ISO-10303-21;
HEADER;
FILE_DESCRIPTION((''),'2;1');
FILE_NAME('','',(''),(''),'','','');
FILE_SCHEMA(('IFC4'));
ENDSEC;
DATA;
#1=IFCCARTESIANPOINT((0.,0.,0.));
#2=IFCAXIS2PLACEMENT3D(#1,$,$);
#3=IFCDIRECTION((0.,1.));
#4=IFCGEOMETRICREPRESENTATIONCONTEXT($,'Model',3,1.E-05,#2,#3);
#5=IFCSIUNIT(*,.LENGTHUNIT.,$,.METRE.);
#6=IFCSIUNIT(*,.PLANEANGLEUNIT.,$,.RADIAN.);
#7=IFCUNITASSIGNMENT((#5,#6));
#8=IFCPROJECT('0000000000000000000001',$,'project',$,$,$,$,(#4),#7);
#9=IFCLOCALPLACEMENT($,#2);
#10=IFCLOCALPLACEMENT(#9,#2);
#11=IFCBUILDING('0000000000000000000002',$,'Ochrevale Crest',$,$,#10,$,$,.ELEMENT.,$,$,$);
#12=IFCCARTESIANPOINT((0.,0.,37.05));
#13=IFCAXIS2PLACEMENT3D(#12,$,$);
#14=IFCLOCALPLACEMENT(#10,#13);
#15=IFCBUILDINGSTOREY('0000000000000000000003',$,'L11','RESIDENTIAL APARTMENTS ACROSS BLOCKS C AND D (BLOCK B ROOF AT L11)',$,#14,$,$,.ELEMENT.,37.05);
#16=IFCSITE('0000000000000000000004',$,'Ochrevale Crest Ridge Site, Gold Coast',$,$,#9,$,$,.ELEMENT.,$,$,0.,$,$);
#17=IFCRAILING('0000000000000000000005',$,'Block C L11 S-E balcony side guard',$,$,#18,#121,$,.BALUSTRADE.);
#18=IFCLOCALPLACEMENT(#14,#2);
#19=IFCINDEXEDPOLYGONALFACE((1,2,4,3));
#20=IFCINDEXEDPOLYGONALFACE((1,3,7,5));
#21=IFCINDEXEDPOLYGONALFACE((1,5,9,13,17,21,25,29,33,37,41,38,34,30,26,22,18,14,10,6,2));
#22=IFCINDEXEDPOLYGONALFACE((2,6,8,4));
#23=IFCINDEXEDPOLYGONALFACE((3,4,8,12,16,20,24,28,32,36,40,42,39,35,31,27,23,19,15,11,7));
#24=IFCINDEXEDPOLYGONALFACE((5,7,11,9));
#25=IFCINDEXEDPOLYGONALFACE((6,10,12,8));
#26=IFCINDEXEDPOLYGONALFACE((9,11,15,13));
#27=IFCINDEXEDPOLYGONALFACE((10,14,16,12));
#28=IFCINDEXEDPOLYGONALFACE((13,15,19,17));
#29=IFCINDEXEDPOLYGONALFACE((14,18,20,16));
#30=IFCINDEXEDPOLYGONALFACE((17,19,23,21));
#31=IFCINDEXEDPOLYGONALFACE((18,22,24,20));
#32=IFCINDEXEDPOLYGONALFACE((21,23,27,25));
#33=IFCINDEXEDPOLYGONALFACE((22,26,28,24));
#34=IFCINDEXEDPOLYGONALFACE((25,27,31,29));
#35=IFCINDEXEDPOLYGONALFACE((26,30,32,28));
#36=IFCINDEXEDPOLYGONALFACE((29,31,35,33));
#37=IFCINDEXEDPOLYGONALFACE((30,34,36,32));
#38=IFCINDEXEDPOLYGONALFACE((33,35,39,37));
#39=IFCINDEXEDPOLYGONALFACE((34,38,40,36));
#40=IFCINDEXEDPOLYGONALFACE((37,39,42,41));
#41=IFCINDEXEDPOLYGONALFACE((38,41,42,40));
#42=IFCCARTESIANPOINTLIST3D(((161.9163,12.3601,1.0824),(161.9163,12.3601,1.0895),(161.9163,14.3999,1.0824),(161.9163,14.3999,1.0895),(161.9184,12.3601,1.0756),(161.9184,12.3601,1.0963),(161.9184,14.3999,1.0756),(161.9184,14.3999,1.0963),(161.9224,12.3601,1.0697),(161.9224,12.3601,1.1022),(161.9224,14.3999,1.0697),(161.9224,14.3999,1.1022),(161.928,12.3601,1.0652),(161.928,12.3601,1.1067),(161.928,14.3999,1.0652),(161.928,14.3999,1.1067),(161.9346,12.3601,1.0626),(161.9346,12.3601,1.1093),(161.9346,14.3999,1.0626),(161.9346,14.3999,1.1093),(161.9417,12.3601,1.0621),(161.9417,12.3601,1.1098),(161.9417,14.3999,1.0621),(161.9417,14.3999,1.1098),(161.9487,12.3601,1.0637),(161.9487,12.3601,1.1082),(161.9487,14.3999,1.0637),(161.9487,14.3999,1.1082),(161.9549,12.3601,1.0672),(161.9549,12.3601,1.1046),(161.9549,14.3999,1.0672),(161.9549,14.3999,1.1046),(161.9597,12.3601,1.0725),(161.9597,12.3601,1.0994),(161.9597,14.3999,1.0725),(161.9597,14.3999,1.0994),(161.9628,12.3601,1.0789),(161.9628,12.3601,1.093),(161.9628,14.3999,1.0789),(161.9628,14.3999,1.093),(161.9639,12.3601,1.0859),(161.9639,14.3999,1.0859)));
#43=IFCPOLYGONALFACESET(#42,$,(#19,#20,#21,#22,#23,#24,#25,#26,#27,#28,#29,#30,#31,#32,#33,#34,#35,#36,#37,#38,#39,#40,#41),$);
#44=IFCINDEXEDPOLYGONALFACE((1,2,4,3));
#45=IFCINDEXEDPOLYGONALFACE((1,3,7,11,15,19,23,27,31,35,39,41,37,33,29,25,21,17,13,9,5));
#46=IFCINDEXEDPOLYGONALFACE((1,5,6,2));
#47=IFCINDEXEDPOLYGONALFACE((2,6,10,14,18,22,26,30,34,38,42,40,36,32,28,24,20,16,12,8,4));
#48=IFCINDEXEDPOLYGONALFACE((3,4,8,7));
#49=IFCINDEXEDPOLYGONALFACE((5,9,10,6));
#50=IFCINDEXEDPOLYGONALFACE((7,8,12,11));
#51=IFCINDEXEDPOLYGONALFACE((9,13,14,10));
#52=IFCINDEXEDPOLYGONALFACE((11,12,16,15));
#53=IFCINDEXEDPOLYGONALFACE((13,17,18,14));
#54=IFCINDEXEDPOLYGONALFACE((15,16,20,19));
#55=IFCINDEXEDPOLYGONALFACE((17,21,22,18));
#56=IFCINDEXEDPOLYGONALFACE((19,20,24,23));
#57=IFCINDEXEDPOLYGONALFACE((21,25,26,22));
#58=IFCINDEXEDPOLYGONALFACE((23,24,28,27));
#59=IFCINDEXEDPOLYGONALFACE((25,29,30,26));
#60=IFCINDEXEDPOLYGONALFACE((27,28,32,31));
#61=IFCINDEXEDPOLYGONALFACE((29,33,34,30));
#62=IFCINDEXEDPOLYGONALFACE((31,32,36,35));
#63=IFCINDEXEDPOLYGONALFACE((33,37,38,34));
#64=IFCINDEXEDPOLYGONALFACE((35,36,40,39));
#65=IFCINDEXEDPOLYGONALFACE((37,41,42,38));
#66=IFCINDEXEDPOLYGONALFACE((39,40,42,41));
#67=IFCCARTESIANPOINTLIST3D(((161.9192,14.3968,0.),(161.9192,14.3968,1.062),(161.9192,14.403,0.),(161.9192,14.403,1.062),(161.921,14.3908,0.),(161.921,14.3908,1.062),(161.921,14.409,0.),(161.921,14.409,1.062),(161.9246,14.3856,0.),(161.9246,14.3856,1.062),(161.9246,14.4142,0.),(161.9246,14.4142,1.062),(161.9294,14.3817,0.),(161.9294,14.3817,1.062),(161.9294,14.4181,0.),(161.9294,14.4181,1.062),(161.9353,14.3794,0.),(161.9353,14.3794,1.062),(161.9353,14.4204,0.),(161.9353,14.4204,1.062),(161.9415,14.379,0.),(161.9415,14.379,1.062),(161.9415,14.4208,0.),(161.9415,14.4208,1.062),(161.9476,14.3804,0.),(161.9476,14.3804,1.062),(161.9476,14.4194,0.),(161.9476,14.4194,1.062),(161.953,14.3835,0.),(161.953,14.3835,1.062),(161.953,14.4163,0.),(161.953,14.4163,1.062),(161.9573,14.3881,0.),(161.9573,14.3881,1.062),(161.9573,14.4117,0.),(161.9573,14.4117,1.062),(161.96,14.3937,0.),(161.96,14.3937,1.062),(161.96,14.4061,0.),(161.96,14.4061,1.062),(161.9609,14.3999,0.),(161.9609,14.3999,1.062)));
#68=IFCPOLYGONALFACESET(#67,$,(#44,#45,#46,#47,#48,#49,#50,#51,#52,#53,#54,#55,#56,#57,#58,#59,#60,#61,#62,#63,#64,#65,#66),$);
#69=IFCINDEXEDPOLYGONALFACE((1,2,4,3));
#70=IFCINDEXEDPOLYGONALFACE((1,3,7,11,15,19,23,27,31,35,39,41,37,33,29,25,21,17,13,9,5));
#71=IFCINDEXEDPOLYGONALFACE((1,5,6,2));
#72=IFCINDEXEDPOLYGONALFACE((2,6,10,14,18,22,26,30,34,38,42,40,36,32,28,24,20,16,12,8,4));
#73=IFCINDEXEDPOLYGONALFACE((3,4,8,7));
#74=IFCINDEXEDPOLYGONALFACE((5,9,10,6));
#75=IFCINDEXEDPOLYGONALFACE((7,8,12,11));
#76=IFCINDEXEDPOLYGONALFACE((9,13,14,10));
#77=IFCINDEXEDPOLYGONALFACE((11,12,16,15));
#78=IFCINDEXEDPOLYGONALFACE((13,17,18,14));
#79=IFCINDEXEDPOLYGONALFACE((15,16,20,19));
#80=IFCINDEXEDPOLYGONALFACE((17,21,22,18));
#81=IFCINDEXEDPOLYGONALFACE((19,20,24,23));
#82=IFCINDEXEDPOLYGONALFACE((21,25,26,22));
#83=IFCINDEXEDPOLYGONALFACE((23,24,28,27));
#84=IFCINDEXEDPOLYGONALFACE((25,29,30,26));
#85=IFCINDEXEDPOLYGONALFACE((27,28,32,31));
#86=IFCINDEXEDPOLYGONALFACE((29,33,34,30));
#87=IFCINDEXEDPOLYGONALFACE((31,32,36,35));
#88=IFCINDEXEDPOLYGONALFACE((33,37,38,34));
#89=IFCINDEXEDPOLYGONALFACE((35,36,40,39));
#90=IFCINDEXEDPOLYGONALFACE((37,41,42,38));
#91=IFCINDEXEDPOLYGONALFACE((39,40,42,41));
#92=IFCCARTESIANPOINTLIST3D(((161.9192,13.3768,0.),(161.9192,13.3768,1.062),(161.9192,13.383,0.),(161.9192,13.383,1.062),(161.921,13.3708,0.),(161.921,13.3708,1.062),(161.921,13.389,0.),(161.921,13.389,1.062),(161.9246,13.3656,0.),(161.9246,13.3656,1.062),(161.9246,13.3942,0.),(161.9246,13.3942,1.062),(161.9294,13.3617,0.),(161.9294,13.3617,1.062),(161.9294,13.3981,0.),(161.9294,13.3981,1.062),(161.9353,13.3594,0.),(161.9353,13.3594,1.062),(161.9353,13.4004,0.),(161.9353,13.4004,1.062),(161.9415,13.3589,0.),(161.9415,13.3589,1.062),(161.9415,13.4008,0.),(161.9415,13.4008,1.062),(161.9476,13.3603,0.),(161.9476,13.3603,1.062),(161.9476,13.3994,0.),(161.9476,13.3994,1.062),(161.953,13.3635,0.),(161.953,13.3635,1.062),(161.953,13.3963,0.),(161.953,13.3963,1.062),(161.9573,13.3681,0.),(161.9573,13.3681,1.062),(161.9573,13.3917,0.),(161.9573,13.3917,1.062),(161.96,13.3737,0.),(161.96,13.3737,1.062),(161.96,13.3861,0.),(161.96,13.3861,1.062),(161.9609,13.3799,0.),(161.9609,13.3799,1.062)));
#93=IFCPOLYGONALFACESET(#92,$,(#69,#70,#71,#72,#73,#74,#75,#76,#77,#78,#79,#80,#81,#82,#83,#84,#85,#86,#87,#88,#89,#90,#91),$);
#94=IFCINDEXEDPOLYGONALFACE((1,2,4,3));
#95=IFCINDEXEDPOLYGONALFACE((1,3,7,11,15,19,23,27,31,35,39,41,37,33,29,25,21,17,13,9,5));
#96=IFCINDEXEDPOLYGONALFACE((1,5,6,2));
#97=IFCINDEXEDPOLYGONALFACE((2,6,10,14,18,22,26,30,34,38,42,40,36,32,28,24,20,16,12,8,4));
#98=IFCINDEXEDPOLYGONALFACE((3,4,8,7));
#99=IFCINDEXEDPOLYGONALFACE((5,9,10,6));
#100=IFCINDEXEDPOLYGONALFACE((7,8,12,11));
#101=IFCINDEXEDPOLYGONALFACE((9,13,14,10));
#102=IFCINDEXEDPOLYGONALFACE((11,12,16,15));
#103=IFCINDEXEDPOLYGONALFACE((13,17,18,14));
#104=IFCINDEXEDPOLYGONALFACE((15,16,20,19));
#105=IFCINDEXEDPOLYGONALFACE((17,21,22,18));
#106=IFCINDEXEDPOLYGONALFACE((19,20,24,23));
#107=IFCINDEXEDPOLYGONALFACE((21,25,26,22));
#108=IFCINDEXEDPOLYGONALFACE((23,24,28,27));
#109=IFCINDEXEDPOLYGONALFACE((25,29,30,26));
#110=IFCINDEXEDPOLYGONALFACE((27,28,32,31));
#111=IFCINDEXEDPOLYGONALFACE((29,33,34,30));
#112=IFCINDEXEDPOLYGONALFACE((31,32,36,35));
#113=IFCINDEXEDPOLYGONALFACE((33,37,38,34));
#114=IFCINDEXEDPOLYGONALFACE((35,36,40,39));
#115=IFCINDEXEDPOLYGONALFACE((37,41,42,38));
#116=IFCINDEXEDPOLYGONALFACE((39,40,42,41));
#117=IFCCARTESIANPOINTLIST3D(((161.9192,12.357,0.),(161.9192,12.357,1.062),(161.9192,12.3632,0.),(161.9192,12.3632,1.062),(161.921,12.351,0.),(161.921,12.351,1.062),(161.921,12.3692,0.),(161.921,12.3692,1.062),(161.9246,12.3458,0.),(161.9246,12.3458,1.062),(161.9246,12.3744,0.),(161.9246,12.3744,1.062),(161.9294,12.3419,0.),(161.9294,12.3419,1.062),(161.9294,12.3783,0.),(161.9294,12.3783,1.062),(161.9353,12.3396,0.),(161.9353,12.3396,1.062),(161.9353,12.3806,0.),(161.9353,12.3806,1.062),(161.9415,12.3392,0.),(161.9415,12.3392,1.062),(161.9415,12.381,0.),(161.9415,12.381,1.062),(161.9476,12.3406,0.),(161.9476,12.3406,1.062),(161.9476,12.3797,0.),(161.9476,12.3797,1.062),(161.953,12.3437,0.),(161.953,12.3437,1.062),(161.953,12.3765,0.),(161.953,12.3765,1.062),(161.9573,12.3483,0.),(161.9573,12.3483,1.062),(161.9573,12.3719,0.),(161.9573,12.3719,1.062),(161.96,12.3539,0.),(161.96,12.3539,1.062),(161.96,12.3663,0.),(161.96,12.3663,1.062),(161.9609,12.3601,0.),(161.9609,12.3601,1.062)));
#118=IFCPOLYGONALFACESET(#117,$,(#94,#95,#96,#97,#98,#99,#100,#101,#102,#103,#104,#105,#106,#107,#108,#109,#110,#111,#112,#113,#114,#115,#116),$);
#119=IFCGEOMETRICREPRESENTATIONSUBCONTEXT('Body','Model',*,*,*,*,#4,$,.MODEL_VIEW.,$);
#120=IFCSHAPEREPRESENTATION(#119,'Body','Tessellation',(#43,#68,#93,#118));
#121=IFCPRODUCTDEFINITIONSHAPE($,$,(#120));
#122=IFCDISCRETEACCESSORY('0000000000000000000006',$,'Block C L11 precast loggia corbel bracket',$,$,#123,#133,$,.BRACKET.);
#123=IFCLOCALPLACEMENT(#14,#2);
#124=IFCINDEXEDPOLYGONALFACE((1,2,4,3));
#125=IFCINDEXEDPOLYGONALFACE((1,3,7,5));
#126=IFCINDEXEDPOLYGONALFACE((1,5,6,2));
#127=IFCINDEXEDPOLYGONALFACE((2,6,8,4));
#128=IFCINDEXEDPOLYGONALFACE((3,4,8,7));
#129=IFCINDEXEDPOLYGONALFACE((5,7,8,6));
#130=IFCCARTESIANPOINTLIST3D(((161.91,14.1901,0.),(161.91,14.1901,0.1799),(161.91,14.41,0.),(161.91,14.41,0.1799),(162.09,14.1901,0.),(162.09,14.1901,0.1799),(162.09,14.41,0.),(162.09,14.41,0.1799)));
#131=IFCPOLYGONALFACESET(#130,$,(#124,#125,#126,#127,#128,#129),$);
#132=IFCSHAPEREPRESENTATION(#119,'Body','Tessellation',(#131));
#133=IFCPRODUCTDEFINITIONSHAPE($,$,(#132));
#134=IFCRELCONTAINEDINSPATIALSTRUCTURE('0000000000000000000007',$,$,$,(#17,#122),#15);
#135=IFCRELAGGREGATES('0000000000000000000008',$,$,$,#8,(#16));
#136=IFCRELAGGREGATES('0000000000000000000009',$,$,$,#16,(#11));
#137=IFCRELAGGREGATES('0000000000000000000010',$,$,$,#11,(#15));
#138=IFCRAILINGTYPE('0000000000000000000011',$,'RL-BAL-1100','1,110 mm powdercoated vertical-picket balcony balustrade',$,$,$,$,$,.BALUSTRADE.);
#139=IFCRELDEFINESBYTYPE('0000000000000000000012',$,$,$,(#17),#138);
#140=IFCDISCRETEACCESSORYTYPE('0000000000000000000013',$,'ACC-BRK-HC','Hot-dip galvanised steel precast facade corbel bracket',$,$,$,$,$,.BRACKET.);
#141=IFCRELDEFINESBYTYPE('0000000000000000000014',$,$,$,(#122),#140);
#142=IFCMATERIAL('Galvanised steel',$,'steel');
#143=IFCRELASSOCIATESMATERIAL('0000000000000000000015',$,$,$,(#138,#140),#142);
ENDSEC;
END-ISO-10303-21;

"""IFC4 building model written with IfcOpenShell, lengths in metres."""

from ifc_helpers import new_model, si_unit, direction, frame, origin, origin_2d, place, context, subcontext, project, spatial, rectangle, circle, extrude, material, type_object, element, save


model = new_model("IFC4")

# Units and contexts
model_context = context("Model", 3, precision=1e-05, world=origin(), true_north=direction((0.0, 1.0)))
body_context = subcontext(model_context, "Body", "Model", "MODEL_VIEW")
ifc_project = project(units=[si_unit("LENGTHUNIT", "METRE"), si_unit("PLANEANGLEUNIT", "RADIAN")], contexts=[model_context])

# Site, building, storey
site_placement = place(None, origin())
site = spatial("IfcSite", under=ifc_project, at=site_placement, Name="Ochrevale Crest Ridge Site, Gold Coast", CompositionType="ELEMENT", RefElevation=0.0)
building_placement = place(site_placement, origin())
building = spatial("IfcBuilding", under=site, at=building_placement, Name="Ochrevale Crest", CompositionType="ELEMENT")
storey_placement = place(building_placement, frame((0.0, 0.0, 37.05)))
storey = spatial("IfcBuildingStorey", under=building, at=storey_placement, Name="L11", Description="RESIDENTIAL APARTMENTS ACROSS BLOCKS C AND D (BLOCK B ROOF AT L11)", CompositionType="ELEMENT", Elevation=37.05)

# Railing
ifc_material_1 = material(Name="Galvanised steel", Category="steel")
railing_type = type_object("IfcRailingType", Name="RL-BAL-1100", Description="1,110 mm powdercoated vertical-picket balcony balustrade", PredefinedType="BALUSTRADE", material=ifc_material_1)
railing_placement = place(storey_placement, frame((161.9399, 14.3999, 0.0)))
element("IfcRailing", 1, at=railing_placement, inside=storey, type_object=railing_type, Name="Block C L11 S-E balcony side guard", PredefinedType="BALUSTRADE", context=body_context, shape_type="SweptSolid", body=[
    extrude(circle(Radius=0.0239, at=origin_2d()), frame((0.0, 0.0, 1.0859), z_axis=(0.0, -1.0, 0.0), x_axis=(1.0, 0.0, 0.0)), (0.0, 0.0, 1.0), 2.0398),
    extrude(circle(Radius=0.021, at=origin_2d()), origin(), (0.0, 0.0, 1.0), 1.062),
    extrude(circle(Radius=0.021, at=origin_2d()), frame((0.0, -1.02, 0.0)), (0.0, 0.0, 1.0), 1.062),
    extrude(circle(Radius=0.021, at=origin_2d()), frame((0.0, -2.0398, 0.0)), (0.0, 0.0, 1.0), 1.062),
])

# Discrete accessory
discrete_accessory_type = type_object("IfcDiscreteAccessoryType", Name="ACC-BRK-HC", Description="Hot-dip galvanised steel precast facade corbel bracket", PredefinedType="BRACKET", material=ifc_material_1)
discrete_accessory_placement = place(storey_placement, frame((162.0, 14.3, 0.0), z_axis=(0.0, 0.0, 1.0), x_axis=(1.0, 0.0, 0.0)))
element("IfcDiscreteAccessory", 2, at=discrete_accessory_placement, inside=storey, type_object=discrete_accessory_type, Name="Block C L11 precast loggia corbel bracket", PredefinedType="BRACKET", context=body_context, shape_type="SweptSolid", body=[
    extrude(rectangle(XDim=0.1799, YDim=0.22, at=origin_2d()), origin(), (0.0, 0.0, 1.0), 0.1799),
])

save(model, "model.ifc")
